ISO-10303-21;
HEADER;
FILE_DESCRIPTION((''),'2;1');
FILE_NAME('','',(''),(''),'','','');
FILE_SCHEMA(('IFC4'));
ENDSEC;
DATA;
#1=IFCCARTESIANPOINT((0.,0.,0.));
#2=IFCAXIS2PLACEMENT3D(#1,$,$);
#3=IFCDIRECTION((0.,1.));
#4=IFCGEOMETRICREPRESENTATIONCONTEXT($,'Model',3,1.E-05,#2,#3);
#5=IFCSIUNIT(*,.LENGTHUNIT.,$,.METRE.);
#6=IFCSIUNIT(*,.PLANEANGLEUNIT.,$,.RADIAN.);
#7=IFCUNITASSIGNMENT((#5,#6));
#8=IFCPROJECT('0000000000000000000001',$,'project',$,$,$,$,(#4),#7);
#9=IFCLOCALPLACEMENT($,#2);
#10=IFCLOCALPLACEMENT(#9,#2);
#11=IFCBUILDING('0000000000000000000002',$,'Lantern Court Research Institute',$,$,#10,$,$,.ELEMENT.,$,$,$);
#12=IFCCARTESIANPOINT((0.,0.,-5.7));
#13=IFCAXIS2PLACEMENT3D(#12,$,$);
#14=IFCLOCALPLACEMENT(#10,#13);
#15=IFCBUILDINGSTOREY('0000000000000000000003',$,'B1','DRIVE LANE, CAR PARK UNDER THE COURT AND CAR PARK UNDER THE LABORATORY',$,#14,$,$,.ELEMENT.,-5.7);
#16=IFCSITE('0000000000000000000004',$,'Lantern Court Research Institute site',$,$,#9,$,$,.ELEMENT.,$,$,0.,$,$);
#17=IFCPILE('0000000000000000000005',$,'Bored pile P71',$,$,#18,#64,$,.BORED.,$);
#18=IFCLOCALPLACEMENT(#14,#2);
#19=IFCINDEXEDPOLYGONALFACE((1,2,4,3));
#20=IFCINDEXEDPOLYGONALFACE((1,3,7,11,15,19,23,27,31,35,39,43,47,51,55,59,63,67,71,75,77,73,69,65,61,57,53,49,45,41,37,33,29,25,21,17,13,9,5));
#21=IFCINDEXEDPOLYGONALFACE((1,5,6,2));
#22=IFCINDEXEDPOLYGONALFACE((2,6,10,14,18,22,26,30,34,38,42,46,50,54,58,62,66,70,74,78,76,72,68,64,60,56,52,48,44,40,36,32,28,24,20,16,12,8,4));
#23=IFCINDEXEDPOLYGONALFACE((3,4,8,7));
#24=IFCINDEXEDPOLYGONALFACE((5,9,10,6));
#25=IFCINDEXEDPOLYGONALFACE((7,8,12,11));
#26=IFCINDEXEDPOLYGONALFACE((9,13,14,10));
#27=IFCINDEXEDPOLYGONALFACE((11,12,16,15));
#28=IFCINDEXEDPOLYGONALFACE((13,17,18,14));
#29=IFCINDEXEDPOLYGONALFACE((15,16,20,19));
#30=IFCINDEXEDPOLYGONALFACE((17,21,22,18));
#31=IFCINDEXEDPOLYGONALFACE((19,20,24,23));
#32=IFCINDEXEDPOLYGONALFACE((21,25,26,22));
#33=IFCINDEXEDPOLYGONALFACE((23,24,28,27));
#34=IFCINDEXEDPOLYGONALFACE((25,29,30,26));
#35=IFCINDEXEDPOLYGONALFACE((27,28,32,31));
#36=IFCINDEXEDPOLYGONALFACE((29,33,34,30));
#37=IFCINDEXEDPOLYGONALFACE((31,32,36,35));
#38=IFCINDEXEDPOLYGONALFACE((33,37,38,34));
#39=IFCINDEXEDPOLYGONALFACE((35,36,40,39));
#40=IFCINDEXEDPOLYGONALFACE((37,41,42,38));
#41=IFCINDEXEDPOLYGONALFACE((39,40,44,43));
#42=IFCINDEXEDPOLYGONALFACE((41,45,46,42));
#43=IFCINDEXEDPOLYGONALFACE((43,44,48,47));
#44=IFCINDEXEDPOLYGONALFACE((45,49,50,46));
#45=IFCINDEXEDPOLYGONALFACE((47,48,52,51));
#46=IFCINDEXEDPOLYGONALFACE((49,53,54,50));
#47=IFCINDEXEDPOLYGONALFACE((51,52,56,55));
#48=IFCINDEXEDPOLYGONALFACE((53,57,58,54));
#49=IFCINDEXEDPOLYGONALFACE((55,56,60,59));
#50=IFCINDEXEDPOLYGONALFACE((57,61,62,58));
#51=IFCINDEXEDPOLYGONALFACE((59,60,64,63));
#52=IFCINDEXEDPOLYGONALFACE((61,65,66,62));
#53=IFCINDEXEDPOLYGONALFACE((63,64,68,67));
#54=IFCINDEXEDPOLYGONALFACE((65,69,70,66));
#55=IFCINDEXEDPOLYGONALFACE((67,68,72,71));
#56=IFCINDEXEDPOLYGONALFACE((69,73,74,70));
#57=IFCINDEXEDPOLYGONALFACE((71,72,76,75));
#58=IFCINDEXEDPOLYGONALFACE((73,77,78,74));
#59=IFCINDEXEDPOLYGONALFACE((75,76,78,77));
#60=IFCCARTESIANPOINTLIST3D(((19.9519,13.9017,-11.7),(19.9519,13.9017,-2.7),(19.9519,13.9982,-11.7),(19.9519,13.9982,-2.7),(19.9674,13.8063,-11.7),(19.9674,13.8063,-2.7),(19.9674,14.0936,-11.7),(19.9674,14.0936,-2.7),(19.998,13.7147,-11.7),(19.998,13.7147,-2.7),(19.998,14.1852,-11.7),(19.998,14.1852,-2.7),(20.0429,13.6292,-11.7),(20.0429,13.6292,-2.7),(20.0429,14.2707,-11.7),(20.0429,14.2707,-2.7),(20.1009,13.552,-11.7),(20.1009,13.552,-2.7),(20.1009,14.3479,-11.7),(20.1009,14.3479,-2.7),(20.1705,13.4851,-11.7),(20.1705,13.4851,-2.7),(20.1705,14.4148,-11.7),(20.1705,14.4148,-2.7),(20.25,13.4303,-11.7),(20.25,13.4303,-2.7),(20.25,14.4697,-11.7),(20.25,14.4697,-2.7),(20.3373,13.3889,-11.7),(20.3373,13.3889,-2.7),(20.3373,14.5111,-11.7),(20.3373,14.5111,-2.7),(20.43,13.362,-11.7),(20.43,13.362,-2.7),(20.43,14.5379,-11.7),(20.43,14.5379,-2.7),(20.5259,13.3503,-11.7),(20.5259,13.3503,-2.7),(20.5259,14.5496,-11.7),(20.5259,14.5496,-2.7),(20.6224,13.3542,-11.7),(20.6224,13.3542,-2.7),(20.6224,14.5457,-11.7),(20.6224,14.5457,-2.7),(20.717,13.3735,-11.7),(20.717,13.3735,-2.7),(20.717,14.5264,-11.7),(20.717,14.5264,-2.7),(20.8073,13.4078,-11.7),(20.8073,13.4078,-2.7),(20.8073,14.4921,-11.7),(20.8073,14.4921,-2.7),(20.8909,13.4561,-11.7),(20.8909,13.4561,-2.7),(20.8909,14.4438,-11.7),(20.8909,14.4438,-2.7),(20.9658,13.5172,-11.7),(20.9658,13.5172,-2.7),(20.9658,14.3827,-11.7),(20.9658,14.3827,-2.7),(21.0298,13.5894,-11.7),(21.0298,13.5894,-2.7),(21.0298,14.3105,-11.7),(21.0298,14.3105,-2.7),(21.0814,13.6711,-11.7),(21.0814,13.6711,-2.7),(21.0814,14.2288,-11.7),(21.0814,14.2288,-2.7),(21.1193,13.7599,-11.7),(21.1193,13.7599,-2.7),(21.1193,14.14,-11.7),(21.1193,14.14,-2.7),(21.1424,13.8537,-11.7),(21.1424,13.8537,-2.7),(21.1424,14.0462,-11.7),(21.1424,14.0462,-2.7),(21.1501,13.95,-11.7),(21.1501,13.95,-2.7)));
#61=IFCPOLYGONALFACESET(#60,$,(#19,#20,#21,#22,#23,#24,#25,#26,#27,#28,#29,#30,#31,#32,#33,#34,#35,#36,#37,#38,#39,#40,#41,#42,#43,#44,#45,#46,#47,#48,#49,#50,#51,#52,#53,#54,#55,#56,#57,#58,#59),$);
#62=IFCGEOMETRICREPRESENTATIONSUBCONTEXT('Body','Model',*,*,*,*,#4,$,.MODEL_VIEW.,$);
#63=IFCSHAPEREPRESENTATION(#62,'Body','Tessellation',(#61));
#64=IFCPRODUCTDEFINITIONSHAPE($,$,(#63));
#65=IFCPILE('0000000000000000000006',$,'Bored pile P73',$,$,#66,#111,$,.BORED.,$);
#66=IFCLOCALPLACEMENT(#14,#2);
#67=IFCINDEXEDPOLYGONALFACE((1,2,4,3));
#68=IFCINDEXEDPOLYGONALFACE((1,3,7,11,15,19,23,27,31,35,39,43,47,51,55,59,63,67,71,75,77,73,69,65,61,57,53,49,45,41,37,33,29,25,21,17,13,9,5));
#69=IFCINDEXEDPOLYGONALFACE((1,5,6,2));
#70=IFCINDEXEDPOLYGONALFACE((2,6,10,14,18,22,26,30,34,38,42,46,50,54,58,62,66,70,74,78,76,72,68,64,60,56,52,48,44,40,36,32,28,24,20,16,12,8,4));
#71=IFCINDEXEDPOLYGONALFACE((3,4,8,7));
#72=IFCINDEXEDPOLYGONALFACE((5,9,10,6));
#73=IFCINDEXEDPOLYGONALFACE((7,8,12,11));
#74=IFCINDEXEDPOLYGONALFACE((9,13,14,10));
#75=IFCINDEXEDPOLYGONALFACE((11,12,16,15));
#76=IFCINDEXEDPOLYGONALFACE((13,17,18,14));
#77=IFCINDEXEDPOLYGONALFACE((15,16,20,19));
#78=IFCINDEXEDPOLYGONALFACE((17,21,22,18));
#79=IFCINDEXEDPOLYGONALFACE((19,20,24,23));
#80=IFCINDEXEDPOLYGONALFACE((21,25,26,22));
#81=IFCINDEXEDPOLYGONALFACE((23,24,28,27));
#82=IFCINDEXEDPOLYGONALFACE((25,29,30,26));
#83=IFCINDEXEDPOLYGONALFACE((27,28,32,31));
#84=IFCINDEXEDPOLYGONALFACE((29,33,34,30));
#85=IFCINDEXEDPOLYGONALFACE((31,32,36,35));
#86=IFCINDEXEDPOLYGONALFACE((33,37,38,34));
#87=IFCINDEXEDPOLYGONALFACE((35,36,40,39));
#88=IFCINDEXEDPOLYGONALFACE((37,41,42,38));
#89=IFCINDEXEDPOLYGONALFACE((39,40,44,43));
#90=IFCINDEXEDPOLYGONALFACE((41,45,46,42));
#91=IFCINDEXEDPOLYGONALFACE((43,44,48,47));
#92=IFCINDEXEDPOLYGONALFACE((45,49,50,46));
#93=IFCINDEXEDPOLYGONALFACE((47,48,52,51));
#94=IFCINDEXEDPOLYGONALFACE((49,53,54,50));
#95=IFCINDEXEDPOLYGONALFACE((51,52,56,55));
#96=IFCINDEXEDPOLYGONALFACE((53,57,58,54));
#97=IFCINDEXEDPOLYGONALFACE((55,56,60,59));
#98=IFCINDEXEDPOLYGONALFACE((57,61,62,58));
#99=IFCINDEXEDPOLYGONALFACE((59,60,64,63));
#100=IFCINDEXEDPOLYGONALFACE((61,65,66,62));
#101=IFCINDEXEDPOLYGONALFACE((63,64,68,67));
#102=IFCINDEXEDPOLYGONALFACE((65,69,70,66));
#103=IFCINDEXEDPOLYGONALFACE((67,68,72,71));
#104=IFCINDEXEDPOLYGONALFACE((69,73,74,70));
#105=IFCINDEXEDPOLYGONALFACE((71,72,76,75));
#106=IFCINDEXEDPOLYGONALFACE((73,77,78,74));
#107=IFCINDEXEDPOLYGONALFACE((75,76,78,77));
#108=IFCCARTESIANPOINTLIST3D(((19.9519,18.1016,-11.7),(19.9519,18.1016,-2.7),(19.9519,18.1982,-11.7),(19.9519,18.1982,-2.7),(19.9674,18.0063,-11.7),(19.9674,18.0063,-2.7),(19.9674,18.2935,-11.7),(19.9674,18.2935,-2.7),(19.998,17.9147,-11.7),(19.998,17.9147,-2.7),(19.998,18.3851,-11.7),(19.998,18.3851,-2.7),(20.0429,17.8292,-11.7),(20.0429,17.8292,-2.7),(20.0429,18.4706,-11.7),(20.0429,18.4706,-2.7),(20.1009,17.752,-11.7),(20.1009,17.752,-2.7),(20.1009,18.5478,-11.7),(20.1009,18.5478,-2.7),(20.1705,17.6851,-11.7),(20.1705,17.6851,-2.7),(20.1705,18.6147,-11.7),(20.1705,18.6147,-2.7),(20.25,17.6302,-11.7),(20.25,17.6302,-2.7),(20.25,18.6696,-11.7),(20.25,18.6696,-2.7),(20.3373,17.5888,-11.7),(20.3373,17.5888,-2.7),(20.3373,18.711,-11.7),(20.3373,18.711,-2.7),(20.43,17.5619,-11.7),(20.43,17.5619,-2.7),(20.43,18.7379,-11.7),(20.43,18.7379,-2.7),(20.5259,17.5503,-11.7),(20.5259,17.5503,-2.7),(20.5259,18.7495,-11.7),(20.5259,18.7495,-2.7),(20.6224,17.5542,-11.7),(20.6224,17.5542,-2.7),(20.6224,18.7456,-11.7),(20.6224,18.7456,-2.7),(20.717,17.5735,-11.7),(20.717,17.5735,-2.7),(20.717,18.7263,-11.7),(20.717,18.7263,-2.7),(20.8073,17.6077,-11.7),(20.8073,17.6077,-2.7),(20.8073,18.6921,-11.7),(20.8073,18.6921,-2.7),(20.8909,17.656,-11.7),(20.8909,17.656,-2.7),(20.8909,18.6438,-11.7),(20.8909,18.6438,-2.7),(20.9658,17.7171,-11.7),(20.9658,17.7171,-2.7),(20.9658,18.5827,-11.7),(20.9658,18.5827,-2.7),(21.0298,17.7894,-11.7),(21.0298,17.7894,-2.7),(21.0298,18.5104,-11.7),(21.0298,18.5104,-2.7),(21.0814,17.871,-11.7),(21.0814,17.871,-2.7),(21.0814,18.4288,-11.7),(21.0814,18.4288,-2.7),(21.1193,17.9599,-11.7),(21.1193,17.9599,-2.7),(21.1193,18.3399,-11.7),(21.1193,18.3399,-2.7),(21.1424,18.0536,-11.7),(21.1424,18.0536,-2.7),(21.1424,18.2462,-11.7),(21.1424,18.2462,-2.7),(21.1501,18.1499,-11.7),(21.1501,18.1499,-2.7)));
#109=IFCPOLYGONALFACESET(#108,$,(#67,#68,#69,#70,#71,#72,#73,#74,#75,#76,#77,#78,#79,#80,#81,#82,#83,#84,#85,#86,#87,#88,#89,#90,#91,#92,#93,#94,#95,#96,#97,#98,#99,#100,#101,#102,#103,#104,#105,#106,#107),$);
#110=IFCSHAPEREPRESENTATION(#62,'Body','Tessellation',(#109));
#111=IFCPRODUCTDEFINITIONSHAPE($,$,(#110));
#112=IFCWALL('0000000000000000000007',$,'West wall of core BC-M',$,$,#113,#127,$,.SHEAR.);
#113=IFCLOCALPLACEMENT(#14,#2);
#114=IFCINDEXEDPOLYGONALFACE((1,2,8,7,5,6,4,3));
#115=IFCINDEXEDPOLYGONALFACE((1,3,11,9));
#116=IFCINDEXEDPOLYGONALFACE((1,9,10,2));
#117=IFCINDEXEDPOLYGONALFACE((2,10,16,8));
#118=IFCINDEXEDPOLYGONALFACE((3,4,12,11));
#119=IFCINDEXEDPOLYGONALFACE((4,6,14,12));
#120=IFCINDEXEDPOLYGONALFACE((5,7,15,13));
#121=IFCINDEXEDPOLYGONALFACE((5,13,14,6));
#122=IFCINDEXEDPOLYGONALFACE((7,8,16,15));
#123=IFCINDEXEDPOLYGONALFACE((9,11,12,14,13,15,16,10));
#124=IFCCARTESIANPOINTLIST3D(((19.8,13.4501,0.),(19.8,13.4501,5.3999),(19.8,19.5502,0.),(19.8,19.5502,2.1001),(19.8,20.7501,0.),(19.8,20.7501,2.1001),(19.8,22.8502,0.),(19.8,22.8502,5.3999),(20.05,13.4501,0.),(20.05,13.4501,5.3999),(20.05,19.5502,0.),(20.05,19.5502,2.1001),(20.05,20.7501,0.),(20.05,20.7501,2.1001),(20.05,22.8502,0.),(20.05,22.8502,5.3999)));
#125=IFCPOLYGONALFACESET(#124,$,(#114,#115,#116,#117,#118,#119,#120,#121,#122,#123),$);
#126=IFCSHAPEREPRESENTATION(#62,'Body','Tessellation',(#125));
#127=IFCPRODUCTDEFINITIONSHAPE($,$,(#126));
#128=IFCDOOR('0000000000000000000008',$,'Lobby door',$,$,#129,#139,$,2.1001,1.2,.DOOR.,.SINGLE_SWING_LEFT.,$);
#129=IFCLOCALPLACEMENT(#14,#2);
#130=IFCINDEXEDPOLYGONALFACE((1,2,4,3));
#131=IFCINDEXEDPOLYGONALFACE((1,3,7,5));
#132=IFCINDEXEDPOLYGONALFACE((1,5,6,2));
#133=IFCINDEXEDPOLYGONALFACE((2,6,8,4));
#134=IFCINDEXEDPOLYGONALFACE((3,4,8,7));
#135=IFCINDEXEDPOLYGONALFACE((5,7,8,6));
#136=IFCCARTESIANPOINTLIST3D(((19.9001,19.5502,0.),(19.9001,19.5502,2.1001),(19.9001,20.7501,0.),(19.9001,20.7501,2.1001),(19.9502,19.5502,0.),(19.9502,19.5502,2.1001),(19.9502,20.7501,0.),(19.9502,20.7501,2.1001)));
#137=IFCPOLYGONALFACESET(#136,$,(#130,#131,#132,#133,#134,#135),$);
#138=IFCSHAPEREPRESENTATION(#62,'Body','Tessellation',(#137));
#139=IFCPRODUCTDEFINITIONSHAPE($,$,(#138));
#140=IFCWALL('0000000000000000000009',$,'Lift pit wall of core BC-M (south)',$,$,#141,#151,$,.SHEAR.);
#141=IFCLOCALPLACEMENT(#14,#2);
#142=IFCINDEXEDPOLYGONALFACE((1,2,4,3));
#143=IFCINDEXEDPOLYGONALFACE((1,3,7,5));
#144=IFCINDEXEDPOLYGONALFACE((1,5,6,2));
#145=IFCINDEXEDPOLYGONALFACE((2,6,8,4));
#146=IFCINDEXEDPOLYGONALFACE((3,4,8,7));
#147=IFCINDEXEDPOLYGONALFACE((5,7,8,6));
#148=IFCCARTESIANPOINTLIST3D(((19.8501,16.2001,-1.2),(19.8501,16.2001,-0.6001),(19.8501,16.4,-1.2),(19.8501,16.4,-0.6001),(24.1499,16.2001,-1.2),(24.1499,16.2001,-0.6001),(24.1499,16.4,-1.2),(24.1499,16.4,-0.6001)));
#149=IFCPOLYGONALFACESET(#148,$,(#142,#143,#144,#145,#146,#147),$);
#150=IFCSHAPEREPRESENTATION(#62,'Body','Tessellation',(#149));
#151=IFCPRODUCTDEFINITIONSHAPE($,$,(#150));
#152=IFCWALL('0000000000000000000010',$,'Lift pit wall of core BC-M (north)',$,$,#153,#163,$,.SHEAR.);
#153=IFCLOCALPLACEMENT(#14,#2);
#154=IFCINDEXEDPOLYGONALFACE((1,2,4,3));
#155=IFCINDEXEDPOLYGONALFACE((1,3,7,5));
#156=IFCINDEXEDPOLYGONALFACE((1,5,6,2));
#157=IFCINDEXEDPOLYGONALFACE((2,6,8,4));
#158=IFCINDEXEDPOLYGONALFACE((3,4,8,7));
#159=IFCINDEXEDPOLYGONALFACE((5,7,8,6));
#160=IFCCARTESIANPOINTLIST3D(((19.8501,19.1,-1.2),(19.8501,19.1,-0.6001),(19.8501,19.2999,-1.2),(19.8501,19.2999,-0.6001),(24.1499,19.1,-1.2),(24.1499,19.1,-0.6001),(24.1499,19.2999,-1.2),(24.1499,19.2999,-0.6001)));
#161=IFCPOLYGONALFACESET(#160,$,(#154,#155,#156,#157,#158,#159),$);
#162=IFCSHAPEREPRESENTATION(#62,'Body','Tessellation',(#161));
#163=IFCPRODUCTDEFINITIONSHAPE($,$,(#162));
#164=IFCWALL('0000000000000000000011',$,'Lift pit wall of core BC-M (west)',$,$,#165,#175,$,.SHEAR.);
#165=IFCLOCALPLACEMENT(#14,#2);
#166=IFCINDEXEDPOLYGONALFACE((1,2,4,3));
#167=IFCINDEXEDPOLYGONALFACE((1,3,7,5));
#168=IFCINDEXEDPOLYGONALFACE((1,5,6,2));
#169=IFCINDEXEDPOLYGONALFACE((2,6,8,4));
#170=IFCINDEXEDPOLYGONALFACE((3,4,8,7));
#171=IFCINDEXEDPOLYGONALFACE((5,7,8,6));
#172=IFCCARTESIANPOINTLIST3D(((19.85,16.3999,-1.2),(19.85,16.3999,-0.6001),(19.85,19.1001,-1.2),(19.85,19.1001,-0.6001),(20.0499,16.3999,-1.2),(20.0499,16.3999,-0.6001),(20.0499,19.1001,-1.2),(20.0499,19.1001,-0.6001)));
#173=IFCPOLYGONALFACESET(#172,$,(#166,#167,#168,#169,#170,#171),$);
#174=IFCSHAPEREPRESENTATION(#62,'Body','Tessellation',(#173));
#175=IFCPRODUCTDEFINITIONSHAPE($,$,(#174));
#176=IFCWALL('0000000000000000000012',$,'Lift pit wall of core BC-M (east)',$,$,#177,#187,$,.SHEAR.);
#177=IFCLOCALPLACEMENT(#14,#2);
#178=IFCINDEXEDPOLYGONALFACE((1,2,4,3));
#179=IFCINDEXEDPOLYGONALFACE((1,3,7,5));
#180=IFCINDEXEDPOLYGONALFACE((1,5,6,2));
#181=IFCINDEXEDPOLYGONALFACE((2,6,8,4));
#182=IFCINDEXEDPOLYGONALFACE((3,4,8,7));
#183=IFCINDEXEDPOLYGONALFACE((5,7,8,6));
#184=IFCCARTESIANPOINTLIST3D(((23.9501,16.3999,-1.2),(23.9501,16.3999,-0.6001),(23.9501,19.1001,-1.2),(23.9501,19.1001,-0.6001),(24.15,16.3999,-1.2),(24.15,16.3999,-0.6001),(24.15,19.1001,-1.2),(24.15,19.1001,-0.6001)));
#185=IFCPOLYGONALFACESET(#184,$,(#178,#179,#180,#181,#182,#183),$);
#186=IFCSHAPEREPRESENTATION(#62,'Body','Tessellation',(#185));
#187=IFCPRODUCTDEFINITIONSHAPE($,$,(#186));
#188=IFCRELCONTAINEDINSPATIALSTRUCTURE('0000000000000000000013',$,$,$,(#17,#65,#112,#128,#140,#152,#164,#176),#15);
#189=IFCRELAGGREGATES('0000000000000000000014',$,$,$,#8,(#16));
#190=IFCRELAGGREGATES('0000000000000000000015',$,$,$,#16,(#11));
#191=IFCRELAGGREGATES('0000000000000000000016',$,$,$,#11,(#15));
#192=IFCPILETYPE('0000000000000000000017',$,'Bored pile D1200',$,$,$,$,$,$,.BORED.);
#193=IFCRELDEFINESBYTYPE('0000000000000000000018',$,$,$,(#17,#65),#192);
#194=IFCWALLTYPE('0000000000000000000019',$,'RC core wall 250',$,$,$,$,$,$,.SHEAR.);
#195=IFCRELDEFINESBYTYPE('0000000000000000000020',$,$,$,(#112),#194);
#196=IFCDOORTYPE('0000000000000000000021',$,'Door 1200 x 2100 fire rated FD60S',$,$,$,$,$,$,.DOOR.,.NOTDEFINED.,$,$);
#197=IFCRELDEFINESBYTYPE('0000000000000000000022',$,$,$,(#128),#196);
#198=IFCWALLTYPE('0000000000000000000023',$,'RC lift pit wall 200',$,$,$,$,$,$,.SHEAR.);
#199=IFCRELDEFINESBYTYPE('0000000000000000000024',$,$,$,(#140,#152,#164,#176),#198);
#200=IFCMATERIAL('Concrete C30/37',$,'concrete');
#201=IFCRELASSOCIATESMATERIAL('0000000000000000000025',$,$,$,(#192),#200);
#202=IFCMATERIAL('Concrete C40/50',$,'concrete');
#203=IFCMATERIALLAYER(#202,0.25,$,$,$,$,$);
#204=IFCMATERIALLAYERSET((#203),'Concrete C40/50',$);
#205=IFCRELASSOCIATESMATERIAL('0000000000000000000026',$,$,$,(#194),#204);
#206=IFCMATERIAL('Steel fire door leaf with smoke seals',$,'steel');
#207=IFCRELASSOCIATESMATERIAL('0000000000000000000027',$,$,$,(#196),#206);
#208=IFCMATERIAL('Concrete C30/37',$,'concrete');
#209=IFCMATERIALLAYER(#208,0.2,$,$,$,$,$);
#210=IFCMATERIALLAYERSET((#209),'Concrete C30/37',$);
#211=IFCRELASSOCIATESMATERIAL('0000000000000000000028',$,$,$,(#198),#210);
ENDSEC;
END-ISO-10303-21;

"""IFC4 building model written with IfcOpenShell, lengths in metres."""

from ifc_helpers import new_model, si_unit, direction, frame, frame_2d, origin, origin_2d, place, context, subcontext, project, spatial, rectangle, circle, extrude, material, layer, layer_set, material_profile, profile_set, type_object, element, fill, save


model = new_model("IFC4")

# Units and contexts
model_context = context("Model", 3, precision=1e-05, world=origin(), true_north=direction((0.0, 1.0)))
body_context = subcontext(model_context, "Body", "Model", "MODEL_VIEW")
ifc_project = project(units=[si_unit("LENGTHUNIT", "METRE"), si_unit("PLANEANGLEUNIT", "RADIAN")], contexts=[model_context])

# Site, building, storey
site_placement = place(None, origin())
site = spatial("IfcSite", under=ifc_project, at=site_placement, Name="Lantern Court Research Institute site", CompositionType="ELEMENT", RefElevation=0.0)
building_placement = place(site_placement, origin())
building = spatial("IfcBuilding", under=site, at=building_placement, Name="Lantern Court Research Institute", CompositionType="ELEMENT")
storey_placement = place(building_placement, frame((0.0, 0.0, -5.7)))
storey = spatial("IfcBuildingStorey", under=building, at=storey_placement, Name="B1", Description="DRIVE LANE, CAR PARK UNDER THE COURT AND CAR PARK UNDER THE LABORATORY", CompositionType="ELEMENT", Elevation=-5.7)

# Piles
ifc_material_1 = material(Name="Concrete C30/37", Category="concrete")
ifc_material_profile = material_profile(ifc_material_1, circle(Radius=0.6001, at=origin_2d()), Name="Bored pile D1200")
ifc_profile_set = profile_set([ifc_material_profile], Name="Concrete C30/37")
pile_type = type_object("IfcPileType", Name="Bored pile D1200", PredefinedType="BORED", material=ifc_profile_set)
for number, where, z_axis, x_axis, name in (
    (1, (20.55, 13.95, -2.7), (0.0, 0.0, -1.0), (1.0, 0.0, 0.0), "Bored pile P71"),
    (2, (20.55, 18.1499, -2.7), (0.0, 0.0, -1.0), (1.0, 0.0, 0.0), "Bored pile P73"),
):
    element("IfcPile", number, at=place(storey_placement, frame(where, z_axis=z_axis, x_axis=x_axis)), inside=storey, type_object=pile_type, Name=name, PredefinedType="BORED", context=body_context, shape_type="SweptSolid", body=[
        extrude(circle(Radius=0.6001, at=origin_2d()), origin(), (0.0, 0.0, 1.0), 9.0),
    ])

# Wall, opening, door
ifc_material_2 = material(Name="Concrete C40/50", Category="concrete")
ifc_layer_1 = layer(ifc_material_2, 0.25)
ifc_layer_set_1 = layer_set([ifc_layer_1], Name="Concrete C40/50")
wall_type_1 = type_object("IfcWallType", Name="RC core wall 250", PredefinedType="SHEAR", material=ifc_layer_set_1)
wall_1_placement = place(storey_placement, frame((19.925, 13.45, 0.0), z_axis=(0.0, 0.0, 1.0), x_axis=(0.0, 1.0, 0.0)))
wall_1 = element("IfcWall", 3, at=wall_1_placement, inside=storey, type_object=wall_type_1, Name="West wall of core BC-M", PredefinedType="SHEAR", context=body_context, shape_type="SweptSolid", body=[
    extrude(rectangle(XDim=9.4001, YDim=0.25, at=frame_2d((4.7002, 0.0))), origin(), (0.0, 0.0, 1.0), 5.3999),
])
opening_1_placement = place(wall_1_placement, frame((6.1001, 0.0, 0.0)))
opening_1 = element("IfcOpeningElement", 4, at=opening_1_placement, cuts=wall_1, PredefinedType="OPENING", context=body_context, shape_type="SweptSolid", body=[
    extrude(rectangle(XDim=1.2, YDim=2.1001, at=frame_2d((0.6001, 1.05))), frame((0.0, 0.135, 0.0), z_axis=(0.0, -1.0, 0.0), x_axis=(1.0, 0.0, 0.0)), (0.0, 0.0, 1.0), 0.27),
])
ifc_material_3 = material(Name="Steel fire door leaf with smoke seals", Category="steel")
door_type_1 = type_object("IfcDoorType", Name="Door 1200 x 2100 fire rated FD60S", OperationType="NOTDEFINED", PredefinedType="DOOR", material=ifc_material_3)
door_1_placement = place(opening_1_placement, origin())
door_1 = element("IfcDoor", 5, at=door_1_placement, inside=storey, type_object=door_type_1, Name="Lobby door", OperationType="SINGLE_SWING_LEFT", OverallHeight=2.1001, OverallWidth=1.2, PredefinedType="DOOR", context=body_context, shape_type="SweptSolid", body=[
    extrude(rectangle(XDim=1.2, YDim=2.1001, at=frame_2d((0.6001, 1.05))), frame((0.0, 0.0249, 0.0), z_axis=(0.0, -1.0, 0.0), x_axis=(1.0, 0.0, 0.0)), (0.0, 0.0, 1.0), 0.05),
])
fill(opening_1, door_1)

# Walls
ifc_material_4 = material(Name="Concrete C30/37", Category="concrete")
ifc_layer_2 = layer(ifc_material_4, 0.2)
ifc_layer_set_2 = layer_set([ifc_layer_2], Name="Concrete C30/37")
wall_type_2 = type_object("IfcWallType", Name="RC lift pit wall 200", PredefinedType="SHEAR", material=ifc_layer_set_2)
for number, where, z_axis, x_axis, name in (
    (6, (19.8501, 16.3, -1.2), (0.0, 0.0, 1.0), (1.0, 0.0, 0.0), "Lift pit wall of core BC-M (south)"),
    (7, (19.8501, 19.2, -1.2), (0.0, 0.0, 1.0), (1.0, 0.0, 0.0), "Lift pit wall of core BC-M (north)"),
):
    element("IfcWall", number, at=place(storey_placement, frame(where, z_axis=z_axis, x_axis=x_axis)), inside=storey, type_object=wall_type_2, Name=name, PredefinedType="SHEAR", context=body_context, shape_type="SweptSolid", body=[
        extrude(rectangle(XDim=4.2998, YDim=0.2, at=frame_2d((2.1499, 0.0))), origin(), (0.0, 0.0, 1.0), 0.5999),
    ])
for number, where, z_axis, x_axis, name in (
    (8, (19.95, 16.3999, -1.2), (0.0, 0.0, 1.0), (0.0, 1.0, 0.0), "Lift pit wall of core BC-M (west)"),
    (9, (24.05, 16.3999, -1.2), (0.0, 0.0, 1.0), (0.0, 1.0, 0.0), "Lift pit wall of core BC-M (east)"),
):
    element("IfcWall", number, at=place(storey_placement, frame(where, z_axis=z_axis, x_axis=x_axis)), inside=storey, type_object=wall_type_2, Name=name, PredefinedType="SHEAR", context=body_context, shape_type="SweptSolid", body=[
        extrude(rectangle(XDim=2.7002, YDim=0.2, at=frame_2d((1.3501, 0.0))), origin(), (0.0, 0.0, 1.0), 0.5999),
    ])

save(model, "model.ifc")
